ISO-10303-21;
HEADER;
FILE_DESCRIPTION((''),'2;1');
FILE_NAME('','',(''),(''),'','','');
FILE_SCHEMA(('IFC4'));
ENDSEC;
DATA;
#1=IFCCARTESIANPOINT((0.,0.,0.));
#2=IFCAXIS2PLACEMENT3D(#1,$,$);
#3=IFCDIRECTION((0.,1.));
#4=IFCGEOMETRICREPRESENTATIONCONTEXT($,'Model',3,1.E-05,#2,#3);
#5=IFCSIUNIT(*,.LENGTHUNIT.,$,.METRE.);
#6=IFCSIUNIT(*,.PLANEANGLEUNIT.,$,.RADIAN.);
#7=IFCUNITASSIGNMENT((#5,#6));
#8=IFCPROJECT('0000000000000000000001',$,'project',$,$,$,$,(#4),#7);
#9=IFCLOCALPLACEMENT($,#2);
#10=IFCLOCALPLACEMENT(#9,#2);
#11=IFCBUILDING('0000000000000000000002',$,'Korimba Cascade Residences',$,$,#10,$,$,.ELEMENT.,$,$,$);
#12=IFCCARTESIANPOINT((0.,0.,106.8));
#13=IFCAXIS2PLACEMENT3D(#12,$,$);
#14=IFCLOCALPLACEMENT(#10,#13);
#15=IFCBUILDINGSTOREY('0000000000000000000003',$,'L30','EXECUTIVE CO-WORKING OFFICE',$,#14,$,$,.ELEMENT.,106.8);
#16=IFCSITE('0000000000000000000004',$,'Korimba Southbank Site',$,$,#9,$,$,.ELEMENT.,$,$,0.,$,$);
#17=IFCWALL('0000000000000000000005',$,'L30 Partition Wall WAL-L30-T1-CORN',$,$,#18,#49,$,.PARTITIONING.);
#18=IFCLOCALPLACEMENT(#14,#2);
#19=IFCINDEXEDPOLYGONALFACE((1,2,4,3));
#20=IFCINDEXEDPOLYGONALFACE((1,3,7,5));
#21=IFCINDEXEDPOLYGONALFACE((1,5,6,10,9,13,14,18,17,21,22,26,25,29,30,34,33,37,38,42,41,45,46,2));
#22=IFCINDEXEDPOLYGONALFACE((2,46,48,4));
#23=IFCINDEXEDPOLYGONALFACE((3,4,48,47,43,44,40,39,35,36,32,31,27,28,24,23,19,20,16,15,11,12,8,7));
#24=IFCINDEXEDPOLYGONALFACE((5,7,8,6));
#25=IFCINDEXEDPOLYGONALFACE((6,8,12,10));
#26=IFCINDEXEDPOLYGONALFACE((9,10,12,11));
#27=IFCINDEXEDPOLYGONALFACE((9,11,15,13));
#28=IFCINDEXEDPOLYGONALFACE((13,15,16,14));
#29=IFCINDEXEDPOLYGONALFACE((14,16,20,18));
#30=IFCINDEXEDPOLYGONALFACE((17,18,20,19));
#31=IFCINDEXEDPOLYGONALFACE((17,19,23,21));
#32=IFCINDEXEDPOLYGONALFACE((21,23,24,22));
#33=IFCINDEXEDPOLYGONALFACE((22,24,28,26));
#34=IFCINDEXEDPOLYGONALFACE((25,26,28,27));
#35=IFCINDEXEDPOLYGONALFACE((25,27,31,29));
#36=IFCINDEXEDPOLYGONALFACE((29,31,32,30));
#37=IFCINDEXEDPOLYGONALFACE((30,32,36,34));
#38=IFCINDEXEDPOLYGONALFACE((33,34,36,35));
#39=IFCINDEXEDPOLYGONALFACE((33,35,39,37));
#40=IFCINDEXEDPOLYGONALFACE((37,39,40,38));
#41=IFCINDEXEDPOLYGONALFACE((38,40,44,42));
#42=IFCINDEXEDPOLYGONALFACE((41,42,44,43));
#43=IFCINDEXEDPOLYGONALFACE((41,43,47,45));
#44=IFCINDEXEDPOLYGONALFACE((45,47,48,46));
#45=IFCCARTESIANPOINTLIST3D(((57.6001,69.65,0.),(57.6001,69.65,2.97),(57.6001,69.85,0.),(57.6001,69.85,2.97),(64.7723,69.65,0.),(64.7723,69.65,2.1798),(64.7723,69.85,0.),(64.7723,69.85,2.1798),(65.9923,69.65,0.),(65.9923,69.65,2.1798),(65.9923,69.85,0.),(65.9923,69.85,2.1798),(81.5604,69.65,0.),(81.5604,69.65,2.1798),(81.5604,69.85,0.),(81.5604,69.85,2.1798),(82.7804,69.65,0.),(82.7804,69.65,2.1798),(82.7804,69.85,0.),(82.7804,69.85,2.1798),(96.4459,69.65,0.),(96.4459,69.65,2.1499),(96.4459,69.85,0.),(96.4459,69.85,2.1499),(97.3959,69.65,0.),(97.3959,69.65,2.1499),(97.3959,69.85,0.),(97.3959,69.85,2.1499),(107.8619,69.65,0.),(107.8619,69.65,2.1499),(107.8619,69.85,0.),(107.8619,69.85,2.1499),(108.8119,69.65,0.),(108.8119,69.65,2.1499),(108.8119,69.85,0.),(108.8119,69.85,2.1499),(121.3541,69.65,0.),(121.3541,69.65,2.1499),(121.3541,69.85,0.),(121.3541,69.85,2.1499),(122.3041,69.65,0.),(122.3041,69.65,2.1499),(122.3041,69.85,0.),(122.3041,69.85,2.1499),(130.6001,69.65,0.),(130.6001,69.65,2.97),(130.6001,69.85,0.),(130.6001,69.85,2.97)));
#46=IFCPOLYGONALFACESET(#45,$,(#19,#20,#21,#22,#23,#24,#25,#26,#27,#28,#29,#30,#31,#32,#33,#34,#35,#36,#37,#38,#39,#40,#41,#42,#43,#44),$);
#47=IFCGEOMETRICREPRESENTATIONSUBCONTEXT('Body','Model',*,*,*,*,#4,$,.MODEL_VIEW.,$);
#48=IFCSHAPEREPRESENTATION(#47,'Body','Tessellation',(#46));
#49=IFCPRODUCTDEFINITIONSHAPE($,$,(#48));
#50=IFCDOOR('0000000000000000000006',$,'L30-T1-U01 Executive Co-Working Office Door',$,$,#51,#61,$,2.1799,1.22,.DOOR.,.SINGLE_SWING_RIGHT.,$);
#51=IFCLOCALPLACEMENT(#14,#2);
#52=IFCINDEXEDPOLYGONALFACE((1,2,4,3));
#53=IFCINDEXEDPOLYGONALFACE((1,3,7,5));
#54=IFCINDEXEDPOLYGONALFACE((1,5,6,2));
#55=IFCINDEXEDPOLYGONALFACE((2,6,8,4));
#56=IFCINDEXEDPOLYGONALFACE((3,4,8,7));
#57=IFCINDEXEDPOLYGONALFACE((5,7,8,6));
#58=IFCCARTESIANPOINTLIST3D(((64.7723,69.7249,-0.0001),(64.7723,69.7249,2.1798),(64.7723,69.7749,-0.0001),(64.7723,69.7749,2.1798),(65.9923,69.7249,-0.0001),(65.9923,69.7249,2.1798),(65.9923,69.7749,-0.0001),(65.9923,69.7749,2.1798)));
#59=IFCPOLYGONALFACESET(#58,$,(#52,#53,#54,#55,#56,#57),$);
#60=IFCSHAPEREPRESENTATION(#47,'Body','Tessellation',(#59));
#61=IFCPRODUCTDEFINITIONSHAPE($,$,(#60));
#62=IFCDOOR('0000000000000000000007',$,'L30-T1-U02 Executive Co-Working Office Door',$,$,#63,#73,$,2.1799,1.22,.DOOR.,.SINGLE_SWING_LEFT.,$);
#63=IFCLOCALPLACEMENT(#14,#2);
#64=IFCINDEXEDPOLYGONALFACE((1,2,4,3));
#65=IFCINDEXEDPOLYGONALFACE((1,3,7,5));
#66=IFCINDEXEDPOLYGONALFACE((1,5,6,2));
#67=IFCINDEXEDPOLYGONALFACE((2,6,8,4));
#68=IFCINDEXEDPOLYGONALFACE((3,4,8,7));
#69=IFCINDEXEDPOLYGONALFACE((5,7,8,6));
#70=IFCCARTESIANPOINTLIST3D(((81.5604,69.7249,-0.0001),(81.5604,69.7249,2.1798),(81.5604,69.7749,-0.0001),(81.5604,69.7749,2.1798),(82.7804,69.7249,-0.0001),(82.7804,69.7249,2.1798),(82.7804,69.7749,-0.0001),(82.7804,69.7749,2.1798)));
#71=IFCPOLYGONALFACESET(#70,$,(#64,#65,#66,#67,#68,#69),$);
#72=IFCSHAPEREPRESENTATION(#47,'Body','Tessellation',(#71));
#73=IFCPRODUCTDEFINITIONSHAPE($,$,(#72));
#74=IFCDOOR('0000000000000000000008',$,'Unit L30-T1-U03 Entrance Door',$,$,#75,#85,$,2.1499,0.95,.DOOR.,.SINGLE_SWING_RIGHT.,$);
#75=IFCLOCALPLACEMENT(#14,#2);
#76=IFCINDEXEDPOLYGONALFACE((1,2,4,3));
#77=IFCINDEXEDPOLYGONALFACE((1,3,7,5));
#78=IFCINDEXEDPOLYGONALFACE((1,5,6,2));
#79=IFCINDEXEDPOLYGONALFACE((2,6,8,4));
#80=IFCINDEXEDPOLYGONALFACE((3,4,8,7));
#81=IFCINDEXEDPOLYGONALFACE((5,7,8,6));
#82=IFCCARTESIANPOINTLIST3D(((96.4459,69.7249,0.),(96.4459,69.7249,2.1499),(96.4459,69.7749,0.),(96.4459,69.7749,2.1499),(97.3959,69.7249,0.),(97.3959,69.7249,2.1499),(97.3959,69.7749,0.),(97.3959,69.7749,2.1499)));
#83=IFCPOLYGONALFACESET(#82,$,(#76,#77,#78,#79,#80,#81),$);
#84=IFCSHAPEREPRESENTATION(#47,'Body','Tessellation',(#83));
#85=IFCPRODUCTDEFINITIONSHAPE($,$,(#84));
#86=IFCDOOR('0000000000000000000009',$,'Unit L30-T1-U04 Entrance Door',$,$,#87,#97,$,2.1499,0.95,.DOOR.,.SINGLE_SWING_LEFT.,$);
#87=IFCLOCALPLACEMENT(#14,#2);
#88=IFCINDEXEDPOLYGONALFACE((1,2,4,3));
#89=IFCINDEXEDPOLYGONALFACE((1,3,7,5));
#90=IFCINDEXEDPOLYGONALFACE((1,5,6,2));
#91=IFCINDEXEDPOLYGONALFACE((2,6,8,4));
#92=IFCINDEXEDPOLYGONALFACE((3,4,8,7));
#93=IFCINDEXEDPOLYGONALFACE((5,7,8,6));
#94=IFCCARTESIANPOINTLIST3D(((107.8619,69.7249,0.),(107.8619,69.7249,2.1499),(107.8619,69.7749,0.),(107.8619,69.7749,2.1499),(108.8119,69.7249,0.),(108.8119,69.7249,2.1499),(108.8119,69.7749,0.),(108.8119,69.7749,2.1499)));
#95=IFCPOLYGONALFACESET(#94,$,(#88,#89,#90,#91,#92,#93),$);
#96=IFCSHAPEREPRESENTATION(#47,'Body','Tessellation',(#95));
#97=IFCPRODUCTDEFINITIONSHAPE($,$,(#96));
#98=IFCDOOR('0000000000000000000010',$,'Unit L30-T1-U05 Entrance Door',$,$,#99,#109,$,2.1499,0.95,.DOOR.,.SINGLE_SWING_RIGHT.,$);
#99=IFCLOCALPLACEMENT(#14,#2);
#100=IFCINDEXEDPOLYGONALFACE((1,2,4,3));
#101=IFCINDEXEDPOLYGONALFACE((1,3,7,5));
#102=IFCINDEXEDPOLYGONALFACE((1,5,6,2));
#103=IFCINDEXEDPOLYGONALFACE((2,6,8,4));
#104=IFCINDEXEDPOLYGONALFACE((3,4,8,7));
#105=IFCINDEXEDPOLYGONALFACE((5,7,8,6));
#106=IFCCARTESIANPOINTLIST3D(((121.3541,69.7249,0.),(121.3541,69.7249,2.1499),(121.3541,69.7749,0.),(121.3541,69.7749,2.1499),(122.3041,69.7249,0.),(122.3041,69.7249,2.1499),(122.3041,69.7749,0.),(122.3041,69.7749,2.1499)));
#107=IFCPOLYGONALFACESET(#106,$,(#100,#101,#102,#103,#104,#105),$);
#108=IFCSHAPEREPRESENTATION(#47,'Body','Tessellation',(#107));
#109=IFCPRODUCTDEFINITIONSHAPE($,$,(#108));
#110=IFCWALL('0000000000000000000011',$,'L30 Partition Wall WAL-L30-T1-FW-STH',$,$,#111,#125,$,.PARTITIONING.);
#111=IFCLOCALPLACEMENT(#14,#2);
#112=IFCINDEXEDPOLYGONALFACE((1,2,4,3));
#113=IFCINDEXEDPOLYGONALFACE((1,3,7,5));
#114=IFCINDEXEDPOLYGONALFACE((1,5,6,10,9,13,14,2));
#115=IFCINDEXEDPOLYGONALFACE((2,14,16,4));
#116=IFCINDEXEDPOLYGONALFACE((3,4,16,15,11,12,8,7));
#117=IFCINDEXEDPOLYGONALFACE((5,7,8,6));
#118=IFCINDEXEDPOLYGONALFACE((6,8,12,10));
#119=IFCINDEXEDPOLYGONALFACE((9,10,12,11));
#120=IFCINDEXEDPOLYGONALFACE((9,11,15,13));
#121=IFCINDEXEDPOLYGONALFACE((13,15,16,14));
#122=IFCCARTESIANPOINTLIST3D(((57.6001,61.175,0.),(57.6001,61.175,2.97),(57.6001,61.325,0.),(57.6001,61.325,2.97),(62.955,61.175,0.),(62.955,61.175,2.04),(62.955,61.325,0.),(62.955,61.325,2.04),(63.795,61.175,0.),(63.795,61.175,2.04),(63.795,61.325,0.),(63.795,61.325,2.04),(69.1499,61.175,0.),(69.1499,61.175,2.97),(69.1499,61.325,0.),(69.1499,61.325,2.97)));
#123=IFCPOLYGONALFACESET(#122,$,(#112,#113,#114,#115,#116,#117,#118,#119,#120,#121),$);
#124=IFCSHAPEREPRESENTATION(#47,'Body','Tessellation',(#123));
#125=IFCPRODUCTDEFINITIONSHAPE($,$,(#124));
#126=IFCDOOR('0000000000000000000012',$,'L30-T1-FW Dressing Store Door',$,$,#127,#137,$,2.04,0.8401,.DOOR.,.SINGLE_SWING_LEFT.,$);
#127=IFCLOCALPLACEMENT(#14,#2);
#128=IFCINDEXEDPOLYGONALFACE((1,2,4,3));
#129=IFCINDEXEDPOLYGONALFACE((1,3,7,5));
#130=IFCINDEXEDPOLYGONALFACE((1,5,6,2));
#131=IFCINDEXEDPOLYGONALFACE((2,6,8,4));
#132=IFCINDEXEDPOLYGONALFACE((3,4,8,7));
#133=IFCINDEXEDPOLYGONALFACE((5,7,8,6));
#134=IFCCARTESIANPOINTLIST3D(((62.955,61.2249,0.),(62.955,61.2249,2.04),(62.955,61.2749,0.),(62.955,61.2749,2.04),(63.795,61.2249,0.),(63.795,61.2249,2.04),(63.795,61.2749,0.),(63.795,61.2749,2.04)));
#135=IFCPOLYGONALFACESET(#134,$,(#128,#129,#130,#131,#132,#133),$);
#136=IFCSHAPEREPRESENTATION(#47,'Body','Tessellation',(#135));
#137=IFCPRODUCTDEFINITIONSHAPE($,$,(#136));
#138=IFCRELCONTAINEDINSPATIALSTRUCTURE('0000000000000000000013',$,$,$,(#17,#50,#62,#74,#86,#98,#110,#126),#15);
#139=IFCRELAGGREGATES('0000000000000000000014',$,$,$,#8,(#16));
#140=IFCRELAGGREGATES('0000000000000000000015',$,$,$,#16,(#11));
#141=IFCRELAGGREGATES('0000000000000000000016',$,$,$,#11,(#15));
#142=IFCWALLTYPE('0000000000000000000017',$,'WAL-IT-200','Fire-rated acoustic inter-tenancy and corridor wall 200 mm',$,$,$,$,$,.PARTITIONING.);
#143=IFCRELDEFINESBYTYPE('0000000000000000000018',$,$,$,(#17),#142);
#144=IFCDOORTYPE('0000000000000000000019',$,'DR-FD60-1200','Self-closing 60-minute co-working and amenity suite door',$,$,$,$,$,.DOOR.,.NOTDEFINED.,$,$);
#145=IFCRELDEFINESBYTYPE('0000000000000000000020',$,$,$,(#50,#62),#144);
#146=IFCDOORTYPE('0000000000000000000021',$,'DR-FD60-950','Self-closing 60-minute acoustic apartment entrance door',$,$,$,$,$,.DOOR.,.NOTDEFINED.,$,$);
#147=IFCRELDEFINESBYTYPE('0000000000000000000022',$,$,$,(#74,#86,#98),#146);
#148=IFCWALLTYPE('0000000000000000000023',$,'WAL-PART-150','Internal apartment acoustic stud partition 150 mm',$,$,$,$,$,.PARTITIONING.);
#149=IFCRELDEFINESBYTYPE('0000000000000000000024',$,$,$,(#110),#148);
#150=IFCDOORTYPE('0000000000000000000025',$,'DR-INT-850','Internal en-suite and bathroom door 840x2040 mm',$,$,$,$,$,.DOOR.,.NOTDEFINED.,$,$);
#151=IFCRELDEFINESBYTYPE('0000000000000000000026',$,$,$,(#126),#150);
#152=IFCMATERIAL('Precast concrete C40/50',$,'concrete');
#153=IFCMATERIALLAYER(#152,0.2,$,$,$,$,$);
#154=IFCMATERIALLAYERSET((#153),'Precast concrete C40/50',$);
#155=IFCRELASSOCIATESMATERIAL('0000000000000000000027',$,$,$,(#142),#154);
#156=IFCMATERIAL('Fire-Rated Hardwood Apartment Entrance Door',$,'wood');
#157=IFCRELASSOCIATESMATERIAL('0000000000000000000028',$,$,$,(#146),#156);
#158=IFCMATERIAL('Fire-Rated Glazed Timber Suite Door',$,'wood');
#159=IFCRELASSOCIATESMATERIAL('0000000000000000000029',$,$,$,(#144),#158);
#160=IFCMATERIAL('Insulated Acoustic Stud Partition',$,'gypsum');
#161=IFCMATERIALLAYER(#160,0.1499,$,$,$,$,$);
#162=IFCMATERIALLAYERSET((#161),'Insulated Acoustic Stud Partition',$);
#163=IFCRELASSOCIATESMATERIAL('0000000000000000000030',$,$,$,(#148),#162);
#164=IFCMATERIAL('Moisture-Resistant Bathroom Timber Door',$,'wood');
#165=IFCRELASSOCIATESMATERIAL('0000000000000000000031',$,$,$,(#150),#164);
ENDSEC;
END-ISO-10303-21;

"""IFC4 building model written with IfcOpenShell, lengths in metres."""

from ifc_helpers import new_model, si_unit, direction, frame, frame_2d, origin, place, context, subcontext, project, spatial, rectangle, extrude, material, layer, layer_set, type_object, element, fill, save


model = new_model("IFC4")

# Units and contexts
model_context = context("Model", 3, precision=1e-05, world=origin(), true_north=direction((0.0, 1.0)))
body_context = subcontext(model_context, "Body", "Model", "MODEL_VIEW")
ifc_project = project(units=[si_unit("LENGTHUNIT", "METRE"), si_unit("PLANEANGLEUNIT", "RADIAN")], contexts=[model_context])

# Site, building, storey
site_placement = place(None, origin())
site = spatial("IfcSite", under=ifc_project, at=site_placement, Name="Korimba Southbank Site", CompositionType="ELEMENT", RefElevation=0.0)
building_placement = place(site_placement, origin())
building = spatial("IfcBuilding", under=site, at=building_placement, Name="Korimba Cascade Residences", CompositionType="ELEMENT")
storey_placement = place(building_placement, frame((0.0, 0.0, 106.8)))
storey = spatial("IfcBuildingStorey", under=building, at=storey_placement, Name="L30", Description="EXECUTIVE CO-WORKING OFFICE", CompositionType="ELEMENT", Elevation=106.8)

# Shared definitions
ifc_material_1 = material(Name="Precast concrete C40/50", Category="concrete")
ifc_layer_1 = layer(ifc_material_1, 0.2)
ifc_layer_set_1 = layer_set([ifc_layer_1], Name="Precast concrete C40/50")
wall_type_1 = type_object("IfcWallType", Name="WAL-IT-200", Description="Fire-rated acoustic inter-tenancy and corridor wall 200 mm", PredefinedType="PARTITIONING", material=ifc_layer_set_1)
ifc_material_2 = material(Name="Fire-Rated Hardwood Apartment Entrance Door", Category="wood")
door_type_1 = type_object("IfcDoorType", Name="DR-FD60-950", Description="Self-closing 60-minute acoustic apartment entrance door", OperationType="NOTDEFINED", PredefinedType="DOOR", material=ifc_material_2)

# Wall, openings, doors
wall_1_placement = place(storey_placement, frame((57.6001, 69.75, 0.0), z_axis=(0.0, 0.0, 1.0), x_axis=(1.0, 0.0, 0.0)))
wall_1 = element("IfcWall", 1, at=wall_1_placement, inside=storey, type_object=wall_type_1, Name="L30 Partition Wall WAL-L30-T1-CORN", PredefinedType="PARTITIONING", context=body_context, shape_type="SweptSolid", body=[
    extrude(rectangle(XDim=73.0, YDim=0.2, at=frame_2d((36.5, 0.0))), origin(), (0.0, 0.0, 1.0), 2.97),
])
opening_1_placement = place(wall_1_placement, frame((7.1724, 0.0, 0.0)))
opening_1 = element("IfcOpeningElement", 2, at=opening_1_placement, cuts=wall_1, PredefinedType="OPENING", context=body_context, shape_type="SweptSolid", body=[
    extrude(rectangle(XDim=1.22, YDim=2.1799, at=frame_2d((0.6099, 1.0898))), frame((0.0, 0.1099, 0.0), z_axis=(0.0, -1.0, 0.0), x_axis=(1.0, 0.0, 0.0)), (0.0, 0.0, 1.0), 0.22),
])
opening_2_placement = place(wall_1_placement, frame((23.9604, 0.0, 0.0)))
opening_2 = element("IfcOpeningElement", 3, at=opening_2_placement, cuts=wall_1, PredefinedType="OPENING", context=body_context, shape_type="SweptSolid", body=[
    extrude(rectangle(XDim=1.22, YDim=2.1799, at=frame_2d((0.6099, 1.0898))), frame((0.0, 0.1099, 0.0), z_axis=(0.0, -1.0, 0.0), x_axis=(1.0, 0.0, 0.0)), (0.0, 0.0, 1.0), 0.22),
])
opening_3_placement = place(wall_1_placement, frame((38.8457, 0.0, 0.0)))
opening_3 = element("IfcOpeningElement", 4, at=opening_3_placement, cuts=wall_1, PredefinedType="OPENING", context=body_context, shape_type="SweptSolid", body=[
    extrude(rectangle(XDim=0.95, YDim=2.1499, at=frame_2d((0.4751, 1.075))), frame((0.0, 0.1099, 0.0), z_axis=(0.0, -1.0, 0.0), x_axis=(1.0, 0.0, 0.0)), (0.0, 0.0, 1.0), 0.22),
])
opening_4_placement = place(wall_1_placement, frame((50.2617, 0.0, 0.0)))
opening_4 = element("IfcOpeningElement", 5, at=opening_4_placement, cuts=wall_1, PredefinedType="OPENING", context=body_context, shape_type="SweptSolid", body=[
    extrude(rectangle(XDim=0.95, YDim=2.1499, at=frame_2d((0.4751, 1.075))), frame((0.0, 0.1099, 0.0), z_axis=(0.0, -1.0, 0.0), x_axis=(1.0, 0.0, 0.0)), (0.0, 0.0, 1.0), 0.22),
])
opening_5_placement = place(wall_1_placement, frame((63.7539, 0.0, 0.0)))
opening_5 = element("IfcOpeningElement", 6, at=opening_5_placement, cuts=wall_1, PredefinedType="OPENING", context=body_context, shape_type="SweptSolid", body=[
    extrude(rectangle(XDim=0.95, YDim=2.1499, at=frame_2d((0.4751, 1.075))), frame((0.0, 0.1099, 0.0), z_axis=(0.0, -1.0, 0.0), x_axis=(1.0, 0.0, 0.0)), (0.0, 0.0, 1.0), 0.22),
])
ifc_material_3 = material(Name="Fire-Rated Glazed Timber Suite Door", Category="wood")
door_type_2 = type_object("IfcDoorType", Name="DR-FD60-1200", Description="Self-closing 60-minute co-working and amenity suite door", OperationType="NOTDEFINED", PredefinedType="DOOR", material=ifc_material_3)
door_1_placement = place(opening_1_placement, origin())
door_1 = element("IfcDoor", 7, at=door_1_placement, inside=storey, type_object=door_type_2, Name="L30-T1-U01 Executive Co-Working Office Door", OperationType="SINGLE_SWING_RIGHT", OverallHeight=2.1799, OverallWidth=1.22, PredefinedType="DOOR", context=body_context, shape_type="SweptSolid", body=[
    extrude(rectangle(XDim=1.22, YDim=2.1799, at=frame_2d((0.6099, 1.0898))), frame((0.0, 0.0249, 0.0), z_axis=(0.0, -1.0, 0.0), x_axis=(1.0, 0.0, 0.0)), (0.0, 0.0, 1.0), 0.05),
])
fill(opening_1, door_1)
door_2_placement = place(opening_2_placement, origin())
door_2 = element("IfcDoor", 8, at=door_2_placement, inside=storey, type_object=door_type_2, Name="L30-T1-U02 Executive Co-Working Office Door", OperationType="SINGLE_SWING_LEFT", OverallHeight=2.1799, OverallWidth=1.22, PredefinedType="DOOR", context=body_context, shape_type="SweptSolid", body=[
    extrude(rectangle(XDim=1.22, YDim=2.1799, at=frame_2d((0.6099, 1.0898))), frame((0.0, 0.0249, 0.0), z_axis=(0.0, -1.0, 0.0), x_axis=(1.0, 0.0, 0.0)), (0.0, 0.0, 1.0), 0.05),
])
fill(opening_2, door_2)
door_3_placement = place(opening_3_placement, origin())
door_3 = element("IfcDoor", 9, at=door_3_placement, inside=storey, type_object=door_type_1, Name="Unit L30-T1-U03 Entrance Door", OperationType="SINGLE_SWING_RIGHT", OverallHeight=2.1499, OverallWidth=0.95, PredefinedType="DOOR", context=body_context, shape_type="SweptSolid", body=[
    extrude(rectangle(XDim=0.95, YDim=2.1499, at=frame_2d((0.4751, 1.075))), frame((0.0, 0.0249, 0.0), z_axis=(0.0, -1.0, 0.0), x_axis=(1.0, 0.0, 0.0)), (0.0, 0.0, 1.0), 0.05),
])
fill(opening_3, door_3)
door_4_placement = place(opening_4_placement, origin())
door_4 = element("IfcDoor", 10, at=door_4_placement, inside=storey, type_object=door_type_1, Name="Unit L30-T1-U04 Entrance Door", OperationType="SINGLE_SWING_LEFT", OverallHeight=2.1499, OverallWidth=0.95, PredefinedType="DOOR", context=body_context, shape_type="SweptSolid", body=[
    extrude(rectangle(XDim=0.95, YDim=2.1499, at=frame_2d((0.4751, 1.075))), frame((0.0, 0.0249, 0.0), z_axis=(0.0, -1.0, 0.0), x_axis=(1.0, 0.0, 0.0)), (0.0, 0.0, 1.0), 0.05),
])
fill(opening_4, door_4)
door_5_placement = place(opening_5_placement, origin())
door_5 = element("IfcDoor", 11, at=door_5_placement, inside=storey, type_object=door_type_1, Name="Unit L30-T1-U05 Entrance Door", OperationType="SINGLE_SWING_RIGHT", OverallHeight=2.1499, OverallWidth=0.95, PredefinedType="DOOR", context=body_context, shape_type="SweptSolid", body=[
    extrude(rectangle(XDim=0.95, YDim=2.1499, at=frame_2d((0.4751, 1.075))), frame((0.0, 0.0249, 0.0), z_axis=(0.0, -1.0, 0.0), x_axis=(1.0, 0.0, 0.0)), (0.0, 0.0, 1.0), 0.05),
])
fill(opening_5, door_5)

# Wall, opening, door
ifc_material_4 = material(Name="Insulated Acoustic Stud Partition", Category="gypsum")
ifc_layer_2 = layer(ifc_material_4, 0.1499)
ifc_layer_set_2 = layer_set([ifc_layer_2], Name="Insulated Acoustic Stud Partition")
wall_type_2 = type_object("IfcWallType", Name="WAL-PART-150", Description="Internal apartment acoustic stud partition 150 mm", PredefinedType="PARTITIONING", material=ifc_layer_set_2)
wall_2_placement = place(storey_placement, frame((57.6001, 61.25, 0.0), z_axis=(0.0, 0.0, 1.0), x_axis=(1.0, 0.0, 0.0)))
wall_2 = element("IfcWall", 12, at=wall_2_placement, inside=storey, type_object=wall_type_2, Name="L30 Partition Wall WAL-L30-T1-FW-STH", PredefinedType="PARTITIONING", context=body_context, shape_type="SweptSolid", body=[
    extrude(rectangle(XDim=11.5498, YDim=0.1499, at=frame_2d((5.7749, 0.0))), origin(), (0.0, 0.0, 1.0), 2.97),
])
opening_6_placement = place(wall_2_placement, frame((5.355, 0.0, 0.0)))
opening_6 = element("IfcOpeningElement", 13, at=opening_6_placement, cuts=wall_2, PredefinedType="OPENING", context=body_context, shape_type="SweptSolid", body=[
    extrude(rectangle(XDim=0.8401, YDim=2.04, at=frame_2d((0.4199, 1.02))), frame((0.0, 0.085, 0.0), z_axis=(0.0, -1.0, 0.0), x_axis=(1.0, 0.0, 0.0)), (0.0, 0.0, 1.0), 0.1699),
])
ifc_material_5 = material(Name="Moisture-Resistant Bathroom Timber Door", Category="wood")
door_type_3 = type_object("IfcDoorType", Name="DR-INT-850", Description="Internal en-suite and bathroom door 840x2040 mm", OperationType="NOTDEFINED", PredefinedType="DOOR", material=ifc_material_5)
door_6_placement = place(opening_6_placement, origin())
door_6 = element("IfcDoor", 14, at=door_6_placement, inside=storey, type_object=door_type_3, Name="L30-T1-FW Dressing Store Door", OperationType="SINGLE_SWING_LEFT", OverallHeight=2.04, OverallWidth=0.8401, PredefinedType="DOOR", context=body_context, shape_type="SweptSolid", body=[
    extrude(rectangle(XDim=0.8401, YDim=2.04, at=frame_2d((0.4199, 1.02))), frame((0.0, 0.0249, 0.0), z_axis=(0.0, -1.0, 0.0), x_axis=(1.0, 0.0, 0.0)), (0.0, 0.0, 1.0), 0.05),
])
fill(opening_6, door_6)

save(model, "model.ifc")
